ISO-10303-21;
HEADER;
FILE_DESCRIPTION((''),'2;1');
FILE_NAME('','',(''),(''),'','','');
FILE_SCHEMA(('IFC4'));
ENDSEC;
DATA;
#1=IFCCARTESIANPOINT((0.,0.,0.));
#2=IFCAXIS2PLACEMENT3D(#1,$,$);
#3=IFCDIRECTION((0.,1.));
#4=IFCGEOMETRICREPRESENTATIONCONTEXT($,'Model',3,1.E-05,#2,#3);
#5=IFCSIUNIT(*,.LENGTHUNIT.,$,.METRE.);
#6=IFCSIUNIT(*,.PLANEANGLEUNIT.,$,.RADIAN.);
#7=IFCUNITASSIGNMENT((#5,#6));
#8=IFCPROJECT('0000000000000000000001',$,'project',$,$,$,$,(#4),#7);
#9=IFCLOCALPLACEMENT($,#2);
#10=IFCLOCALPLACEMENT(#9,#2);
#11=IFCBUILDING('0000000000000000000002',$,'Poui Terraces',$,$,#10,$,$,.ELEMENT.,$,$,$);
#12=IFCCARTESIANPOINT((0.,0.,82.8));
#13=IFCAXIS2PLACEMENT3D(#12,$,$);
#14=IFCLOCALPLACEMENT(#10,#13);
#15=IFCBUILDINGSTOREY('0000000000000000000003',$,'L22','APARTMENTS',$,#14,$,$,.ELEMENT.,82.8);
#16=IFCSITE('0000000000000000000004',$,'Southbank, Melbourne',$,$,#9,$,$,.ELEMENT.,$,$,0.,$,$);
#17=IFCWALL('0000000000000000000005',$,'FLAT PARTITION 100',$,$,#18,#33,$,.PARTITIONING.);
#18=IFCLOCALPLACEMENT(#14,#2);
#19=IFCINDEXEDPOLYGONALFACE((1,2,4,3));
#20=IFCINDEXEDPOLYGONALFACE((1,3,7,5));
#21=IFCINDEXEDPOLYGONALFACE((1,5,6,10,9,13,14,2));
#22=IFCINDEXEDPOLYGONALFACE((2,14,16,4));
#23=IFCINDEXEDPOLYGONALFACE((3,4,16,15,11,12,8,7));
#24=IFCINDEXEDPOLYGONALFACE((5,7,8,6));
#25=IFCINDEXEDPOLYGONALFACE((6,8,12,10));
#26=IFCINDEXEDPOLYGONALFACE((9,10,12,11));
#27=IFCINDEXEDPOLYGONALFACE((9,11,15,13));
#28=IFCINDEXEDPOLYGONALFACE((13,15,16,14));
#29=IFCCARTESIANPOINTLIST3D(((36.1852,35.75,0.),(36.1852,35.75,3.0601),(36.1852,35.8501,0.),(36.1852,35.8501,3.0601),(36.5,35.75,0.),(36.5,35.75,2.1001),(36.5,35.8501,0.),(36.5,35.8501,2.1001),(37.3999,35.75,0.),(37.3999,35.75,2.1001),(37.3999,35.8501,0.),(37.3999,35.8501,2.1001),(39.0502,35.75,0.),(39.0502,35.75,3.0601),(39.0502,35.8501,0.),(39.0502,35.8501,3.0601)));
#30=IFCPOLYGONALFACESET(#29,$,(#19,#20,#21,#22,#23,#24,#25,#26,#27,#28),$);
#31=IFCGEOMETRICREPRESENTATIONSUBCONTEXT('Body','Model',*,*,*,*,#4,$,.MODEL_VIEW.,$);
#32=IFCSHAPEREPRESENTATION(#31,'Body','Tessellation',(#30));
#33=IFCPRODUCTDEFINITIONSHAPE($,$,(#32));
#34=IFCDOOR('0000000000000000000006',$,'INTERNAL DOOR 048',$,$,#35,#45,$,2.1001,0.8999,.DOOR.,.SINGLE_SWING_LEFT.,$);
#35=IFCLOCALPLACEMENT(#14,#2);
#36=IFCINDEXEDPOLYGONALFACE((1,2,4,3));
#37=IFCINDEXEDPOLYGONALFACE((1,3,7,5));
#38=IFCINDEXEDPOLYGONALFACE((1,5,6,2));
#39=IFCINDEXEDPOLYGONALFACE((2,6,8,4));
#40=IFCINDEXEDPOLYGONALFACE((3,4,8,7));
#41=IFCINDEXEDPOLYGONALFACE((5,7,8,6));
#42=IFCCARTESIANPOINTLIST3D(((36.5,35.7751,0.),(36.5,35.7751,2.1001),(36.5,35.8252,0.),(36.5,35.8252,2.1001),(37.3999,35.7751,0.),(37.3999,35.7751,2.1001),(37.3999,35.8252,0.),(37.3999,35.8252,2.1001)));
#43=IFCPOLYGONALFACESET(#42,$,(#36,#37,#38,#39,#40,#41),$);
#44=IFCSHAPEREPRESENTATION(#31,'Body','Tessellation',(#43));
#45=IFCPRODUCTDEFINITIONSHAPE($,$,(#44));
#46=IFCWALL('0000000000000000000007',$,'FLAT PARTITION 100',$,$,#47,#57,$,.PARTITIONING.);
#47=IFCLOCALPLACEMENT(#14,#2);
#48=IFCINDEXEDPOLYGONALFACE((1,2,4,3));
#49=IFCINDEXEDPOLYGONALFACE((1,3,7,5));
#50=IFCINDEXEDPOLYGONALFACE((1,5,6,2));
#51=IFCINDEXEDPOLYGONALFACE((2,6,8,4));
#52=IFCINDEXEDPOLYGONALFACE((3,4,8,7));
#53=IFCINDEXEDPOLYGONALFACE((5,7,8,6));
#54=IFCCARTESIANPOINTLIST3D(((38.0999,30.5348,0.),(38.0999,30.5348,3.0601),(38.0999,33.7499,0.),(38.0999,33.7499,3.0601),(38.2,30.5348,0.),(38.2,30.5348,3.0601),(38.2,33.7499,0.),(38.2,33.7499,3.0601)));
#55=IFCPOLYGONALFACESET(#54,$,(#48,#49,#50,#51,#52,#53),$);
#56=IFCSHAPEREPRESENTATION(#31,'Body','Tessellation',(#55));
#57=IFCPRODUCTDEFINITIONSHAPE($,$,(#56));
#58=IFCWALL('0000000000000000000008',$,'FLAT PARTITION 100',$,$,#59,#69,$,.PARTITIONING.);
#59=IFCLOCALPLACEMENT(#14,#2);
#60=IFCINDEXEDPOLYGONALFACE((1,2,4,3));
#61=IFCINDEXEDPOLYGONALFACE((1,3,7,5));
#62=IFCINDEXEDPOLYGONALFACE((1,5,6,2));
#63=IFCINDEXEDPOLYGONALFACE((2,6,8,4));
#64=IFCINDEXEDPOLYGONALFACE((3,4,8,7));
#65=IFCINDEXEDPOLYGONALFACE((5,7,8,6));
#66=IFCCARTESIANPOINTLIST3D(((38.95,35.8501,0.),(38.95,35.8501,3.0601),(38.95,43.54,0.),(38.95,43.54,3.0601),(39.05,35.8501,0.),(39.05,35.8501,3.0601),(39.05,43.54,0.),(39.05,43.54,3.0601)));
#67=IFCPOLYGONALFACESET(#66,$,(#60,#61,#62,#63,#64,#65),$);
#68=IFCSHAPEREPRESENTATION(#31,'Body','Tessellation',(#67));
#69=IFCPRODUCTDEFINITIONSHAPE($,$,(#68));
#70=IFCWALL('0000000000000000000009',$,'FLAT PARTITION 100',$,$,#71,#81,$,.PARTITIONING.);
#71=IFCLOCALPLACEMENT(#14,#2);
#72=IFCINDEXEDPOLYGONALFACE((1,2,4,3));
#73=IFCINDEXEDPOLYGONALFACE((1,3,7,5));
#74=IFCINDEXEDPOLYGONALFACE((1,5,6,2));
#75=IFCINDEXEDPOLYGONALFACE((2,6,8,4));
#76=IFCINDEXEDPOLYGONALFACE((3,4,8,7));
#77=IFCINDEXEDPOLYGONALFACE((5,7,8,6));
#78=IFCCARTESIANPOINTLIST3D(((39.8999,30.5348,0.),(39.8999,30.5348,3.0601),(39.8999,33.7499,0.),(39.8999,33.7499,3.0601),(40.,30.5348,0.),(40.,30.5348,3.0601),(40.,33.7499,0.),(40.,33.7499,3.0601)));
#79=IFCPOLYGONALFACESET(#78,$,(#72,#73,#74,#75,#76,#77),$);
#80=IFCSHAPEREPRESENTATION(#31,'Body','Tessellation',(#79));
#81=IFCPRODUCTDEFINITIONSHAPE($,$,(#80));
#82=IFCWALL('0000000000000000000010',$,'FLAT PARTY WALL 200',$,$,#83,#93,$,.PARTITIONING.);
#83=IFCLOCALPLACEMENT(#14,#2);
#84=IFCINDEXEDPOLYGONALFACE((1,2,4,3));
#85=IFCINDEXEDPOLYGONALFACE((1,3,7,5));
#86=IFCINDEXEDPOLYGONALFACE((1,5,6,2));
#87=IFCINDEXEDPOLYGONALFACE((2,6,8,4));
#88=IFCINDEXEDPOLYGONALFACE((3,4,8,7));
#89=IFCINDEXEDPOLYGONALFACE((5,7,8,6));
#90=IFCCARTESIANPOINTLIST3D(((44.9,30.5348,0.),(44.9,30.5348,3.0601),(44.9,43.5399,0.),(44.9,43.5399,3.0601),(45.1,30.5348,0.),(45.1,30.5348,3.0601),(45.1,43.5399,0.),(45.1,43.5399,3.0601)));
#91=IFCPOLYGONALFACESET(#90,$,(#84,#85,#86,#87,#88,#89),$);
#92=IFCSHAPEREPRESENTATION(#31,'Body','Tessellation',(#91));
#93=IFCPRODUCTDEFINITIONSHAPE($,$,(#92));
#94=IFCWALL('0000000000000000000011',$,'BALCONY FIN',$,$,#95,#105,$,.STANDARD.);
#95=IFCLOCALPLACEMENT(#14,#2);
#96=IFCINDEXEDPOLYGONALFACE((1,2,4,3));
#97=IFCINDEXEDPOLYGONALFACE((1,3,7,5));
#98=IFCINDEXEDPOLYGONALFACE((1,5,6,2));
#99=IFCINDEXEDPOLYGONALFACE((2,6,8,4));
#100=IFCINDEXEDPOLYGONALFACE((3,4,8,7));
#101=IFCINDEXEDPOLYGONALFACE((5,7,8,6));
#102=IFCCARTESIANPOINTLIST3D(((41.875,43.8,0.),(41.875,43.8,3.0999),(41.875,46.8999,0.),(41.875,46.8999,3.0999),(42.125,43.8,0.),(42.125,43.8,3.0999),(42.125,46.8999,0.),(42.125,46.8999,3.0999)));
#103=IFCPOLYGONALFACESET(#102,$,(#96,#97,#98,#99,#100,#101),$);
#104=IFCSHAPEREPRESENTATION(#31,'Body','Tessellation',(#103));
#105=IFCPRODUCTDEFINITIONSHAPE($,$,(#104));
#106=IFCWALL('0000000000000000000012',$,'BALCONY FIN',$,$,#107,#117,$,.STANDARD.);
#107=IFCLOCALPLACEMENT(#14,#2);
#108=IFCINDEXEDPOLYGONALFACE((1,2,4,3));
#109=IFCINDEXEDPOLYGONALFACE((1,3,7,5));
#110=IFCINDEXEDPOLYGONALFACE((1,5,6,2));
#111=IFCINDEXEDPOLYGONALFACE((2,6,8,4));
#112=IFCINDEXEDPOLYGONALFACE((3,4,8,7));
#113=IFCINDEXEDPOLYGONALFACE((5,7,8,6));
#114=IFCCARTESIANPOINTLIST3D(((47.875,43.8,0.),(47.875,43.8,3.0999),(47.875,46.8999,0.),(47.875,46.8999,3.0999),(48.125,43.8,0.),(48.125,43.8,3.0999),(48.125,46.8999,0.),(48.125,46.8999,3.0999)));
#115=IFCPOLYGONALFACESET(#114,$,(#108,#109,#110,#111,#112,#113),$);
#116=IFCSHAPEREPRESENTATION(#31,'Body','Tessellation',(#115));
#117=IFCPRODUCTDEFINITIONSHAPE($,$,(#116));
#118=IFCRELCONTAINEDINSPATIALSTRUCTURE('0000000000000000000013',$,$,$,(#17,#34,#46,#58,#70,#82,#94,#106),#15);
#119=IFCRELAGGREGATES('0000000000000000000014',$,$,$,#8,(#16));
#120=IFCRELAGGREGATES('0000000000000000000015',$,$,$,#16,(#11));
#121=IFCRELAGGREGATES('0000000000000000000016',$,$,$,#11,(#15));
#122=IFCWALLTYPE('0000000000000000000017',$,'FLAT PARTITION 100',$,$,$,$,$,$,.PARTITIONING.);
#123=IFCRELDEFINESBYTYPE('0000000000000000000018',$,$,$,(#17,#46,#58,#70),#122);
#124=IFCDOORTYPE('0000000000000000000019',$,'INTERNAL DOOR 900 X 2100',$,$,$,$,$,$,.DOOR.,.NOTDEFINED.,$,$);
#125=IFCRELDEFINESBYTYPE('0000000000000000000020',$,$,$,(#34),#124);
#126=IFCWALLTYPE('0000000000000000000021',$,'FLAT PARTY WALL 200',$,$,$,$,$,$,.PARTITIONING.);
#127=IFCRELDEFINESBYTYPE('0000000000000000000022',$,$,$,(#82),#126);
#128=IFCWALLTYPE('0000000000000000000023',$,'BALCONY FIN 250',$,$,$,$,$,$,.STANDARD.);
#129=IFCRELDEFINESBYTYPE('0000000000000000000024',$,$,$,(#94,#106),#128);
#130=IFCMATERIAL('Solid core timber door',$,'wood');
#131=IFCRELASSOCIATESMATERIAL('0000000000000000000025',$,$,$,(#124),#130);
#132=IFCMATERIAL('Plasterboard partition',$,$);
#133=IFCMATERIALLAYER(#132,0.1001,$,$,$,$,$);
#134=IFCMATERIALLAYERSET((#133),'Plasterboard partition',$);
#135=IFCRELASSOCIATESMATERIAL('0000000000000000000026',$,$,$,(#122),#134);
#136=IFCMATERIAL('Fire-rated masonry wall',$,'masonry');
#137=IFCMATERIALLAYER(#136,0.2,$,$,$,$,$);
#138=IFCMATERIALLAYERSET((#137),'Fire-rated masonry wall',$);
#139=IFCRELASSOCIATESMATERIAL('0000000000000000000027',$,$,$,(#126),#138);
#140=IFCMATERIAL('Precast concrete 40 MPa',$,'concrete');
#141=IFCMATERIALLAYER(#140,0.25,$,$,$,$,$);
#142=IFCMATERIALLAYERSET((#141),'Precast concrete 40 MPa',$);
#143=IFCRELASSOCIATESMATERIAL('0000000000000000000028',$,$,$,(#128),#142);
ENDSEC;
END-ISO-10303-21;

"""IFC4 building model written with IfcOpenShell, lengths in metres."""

from ifc_helpers import new_model, si_unit, direction, frame, frame_2d, origin, place, context, subcontext, project, spatial, polyline, rectangle, outline, extrude, source, transform, mapped, material, layer, layer_set, type_object, element, fill, save


model = new_model("IFC4")

# Units and contexts
model_context = context("Model", 3, precision=1e-05, world=origin(), true_north=direction((0.0, 1.0)))
body_context = subcontext(model_context, "Body", "Model", "MODEL_VIEW")
ifc_project = project(units=[si_unit("LENGTHUNIT", "METRE"), si_unit("PLANEANGLEUNIT", "RADIAN")], contexts=[model_context])

# Site, building, storey
site_placement = place(None, origin())
site = spatial("IfcSite", under=ifc_project, at=site_placement, Name="Southbank, Melbourne", CompositionType="ELEMENT", RefElevation=0.0)
building_placement = place(site_placement, origin())
building = spatial("IfcBuilding", under=site, at=building_placement, Name="Poui Terraces", CompositionType="ELEMENT")
storey_placement = place(building_placement, frame((0.0, 0.0, 82.8)))
storey = spatial("IfcBuildingStorey", under=building, at=storey_placement, Name="L22", Description="APARTMENTS", CompositionType="ELEMENT", Elevation=82.8)

# Wall, opening, door
ifc_material_1 = material(Name="Solid core timber door", Category="wood")
door_type_1 = type_object("IfcDoorType", Name="INTERNAL DOOR 900 X 2100", OperationType="NOTDEFINED", PredefinedType="DOOR", material=ifc_material_1)
ifc_material_2 = material(Name="Plasterboard partition")
ifc_layer_1 = layer(ifc_material_2, 0.1001)
ifc_layer_set_1 = layer_set([ifc_layer_1], Name="Plasterboard partition")
wall_type_1 = type_object("IfcWallType", Name="FLAT PARTITION 100", PredefinedType="PARTITIONING", material=ifc_layer_set_1)
wall_1_placement = place(storey_placement, frame((36.1851, 35.8, 0.0), z_axis=(0.0, 0.0, 1.0), x_axis=(1.0, 0.0, 0.0)))
wall_1 = element("IfcWall", 1, at=wall_1_placement, inside=storey, type_object=wall_type_1, Name="FLAT PARTITION 100", PredefinedType="PARTITIONING", context=body_context, shape_type="SweptSolid", body=[
    extrude(rectangle(XDim=2.865, YDim=0.1001, at=frame_2d((1.4326, 0.0))), origin(), (0.0, 0.0, 1.0), 3.0601),
])
opening_1_placement = place(wall_1_placement, frame((0.3149, 0.0, 0.0)))
opening_1 = element("IfcOpeningElement", 2, at=opening_1_placement, cuts=wall_1, PredefinedType="OPENING", context=body_context, shape_type="SweptSolid", body=[
    extrude(rectangle(XDim=0.8999, YDim=2.1001, at=frame_2d((0.45, 1.05))), frame((0.0, 0.0601, 0.0), z_axis=(0.0, -1.0, 0.0), x_axis=(1.0, 0.0, 0.0)), (0.0, 0.0, 1.0), 0.1201),
])
door_1_placement = place(opening_1_placement, frame((0.8999, 0.0, 0.0), z_axis=(0.0, 0.0, 1.0), x_axis=(-1.0, 0.0, 0.0)))
door_1 = element("IfcDoor", 3, at=door_1_placement, inside=storey, type_object=door_type_1, Name="INTERNAL DOOR 048", OperationType="SINGLE_SWING_LEFT", OverallHeight=2.1001, OverallWidth=0.8999, PredefinedType="DOOR", context=body_context, shape_type="SweptSolid", body=[
    extrude(rectangle(XDim=0.8999, YDim=2.1001, at=frame_2d((0.45, 1.05))), frame((0.0, 0.0249, 0.0), z_axis=(0.0, -1.0, 0.0), x_axis=(1.0, 0.0, 0.0)), (0.0, 0.0, 1.0), 0.05),
])
fill(opening_1, door_1)

# Walls
wall_2_placement = place(storey_placement, frame((38.1499, 30.5349, 0.0), z_axis=(0.0, 0.0, 1.0), x_axis=(0.0, 1.0, 0.0)))
element("IfcWall", 4, at=wall_2_placement, inside=storey, type_object=wall_type_1, Name="FLAT PARTITION 100", PredefinedType="PARTITIONING", context=body_context, shape_type="SweptSolid", body=[
    extrude(rectangle(XDim=3.2151, YDim=0.1001, at=frame_2d((1.6074, 0.0))), origin(), (0.0, 0.0, 1.0), 3.0601),
])
wall_3_placement = place(storey_placement, frame((39.0, 35.8501, 0.0), z_axis=(0.0, 0.0, 1.0), x_axis=(0.0, 1.0, 0.0)))
element("IfcWall", 5, at=wall_3_placement, inside=storey, type_object=wall_type_1, Name="FLAT PARTITION 100", PredefinedType="PARTITIONING", context=body_context, shape_type="SweptSolid", body=[
    extrude(rectangle(XDim=7.6899, YDim=0.1001, at=frame_2d((3.845, 0.0))), origin(), (0.0, 0.0, 1.0), 3.0601),
])
wall_4_placement = place(storey_placement, frame((39.95, 30.5349, 0.0), z_axis=(0.0, 0.0, 1.0), x_axis=(0.0, 1.0, 0.0)))
element("IfcWall", 6, at=wall_4_placement, inside=storey, type_object=wall_type_1, Name="FLAT PARTITION 100", PredefinedType="PARTITIONING", context=body_context, shape_type="SweptSolid", body=[
    extrude(rectangle(XDim=3.2151, YDim=0.1001, at=frame_2d((1.6074, 0.0))), origin(), (0.0, 0.0, 1.0), 3.0601),
])
ifc_material_3 = material(Name="Fire-rated masonry wall", Category="masonry")
ifc_layer_2 = layer(ifc_material_3, 0.2)
ifc_layer_set_2 = layer_set([ifc_layer_2], Name="Fire-rated masonry wall")
wall_type_2 = type_object("IfcWallType", Name="FLAT PARTY WALL 200", PredefinedType="PARTITIONING", material=ifc_layer_set_2)
wall_5_placement = place(storey_placement, frame((45.0, 30.5349, 0.0), z_axis=(0.0, 0.0, 1.0), x_axis=(0.0, 1.0, 0.0)))
element("IfcWall", 7, at=wall_5_placement, inside=storey, type_object=wall_type_2, Name="FLAT PARTY WALL 200", PredefinedType="PARTITIONING", context=body_context, shape_type="SweptSolid", body=[
    extrude(rectangle(XDim=13.0051, YDim=0.2, at=frame_2d((6.5024, 0.0))), origin(), (0.0, 0.0, 1.0), 3.0601),
])
ifc_material_4 = material(Name="Precast concrete 40 MPa", Category="concrete")
ifc_layer_3 = layer(ifc_material_4, 0.25)
ifc_layer_set_3 = layer_set([ifc_layer_3], Name="Precast concrete 40 MPa")
wall_type_3 = type_object("IfcWallType", Name="BALCONY FIN 250", PredefinedType="STANDARD", material=ifc_layer_set_3)
shared_shape_1 = source(origin(), body_context, "Body", "SweptSolid", [
    extrude(outline(polyline([(0.0, 0.0), (0.25, 0.0), (0.25, 3.0999), (0.0, 3.0999), (0.0, 0.0)])), origin(), (0.0, 0.0, 1.0), 3.0999),
])
for number, where, name in (
    (8, (41.875, 43.8, 0.0), "BALCONY FIN"),
    (9, (47.875, 43.8, 0.0), "BALCONY FIN"),
):
    element("IfcWall", number, at=place(storey_placement, frame(where)), inside=storey, type_object=wall_type_3, Name=name, PredefinedType="STANDARD", context=body_context, shape_type="MappedRepresentation", body=[
        mapped(shared_shape_1, transform((0.0, 0.0, 0.0))),
    ])

save(model, "model.ifc")
